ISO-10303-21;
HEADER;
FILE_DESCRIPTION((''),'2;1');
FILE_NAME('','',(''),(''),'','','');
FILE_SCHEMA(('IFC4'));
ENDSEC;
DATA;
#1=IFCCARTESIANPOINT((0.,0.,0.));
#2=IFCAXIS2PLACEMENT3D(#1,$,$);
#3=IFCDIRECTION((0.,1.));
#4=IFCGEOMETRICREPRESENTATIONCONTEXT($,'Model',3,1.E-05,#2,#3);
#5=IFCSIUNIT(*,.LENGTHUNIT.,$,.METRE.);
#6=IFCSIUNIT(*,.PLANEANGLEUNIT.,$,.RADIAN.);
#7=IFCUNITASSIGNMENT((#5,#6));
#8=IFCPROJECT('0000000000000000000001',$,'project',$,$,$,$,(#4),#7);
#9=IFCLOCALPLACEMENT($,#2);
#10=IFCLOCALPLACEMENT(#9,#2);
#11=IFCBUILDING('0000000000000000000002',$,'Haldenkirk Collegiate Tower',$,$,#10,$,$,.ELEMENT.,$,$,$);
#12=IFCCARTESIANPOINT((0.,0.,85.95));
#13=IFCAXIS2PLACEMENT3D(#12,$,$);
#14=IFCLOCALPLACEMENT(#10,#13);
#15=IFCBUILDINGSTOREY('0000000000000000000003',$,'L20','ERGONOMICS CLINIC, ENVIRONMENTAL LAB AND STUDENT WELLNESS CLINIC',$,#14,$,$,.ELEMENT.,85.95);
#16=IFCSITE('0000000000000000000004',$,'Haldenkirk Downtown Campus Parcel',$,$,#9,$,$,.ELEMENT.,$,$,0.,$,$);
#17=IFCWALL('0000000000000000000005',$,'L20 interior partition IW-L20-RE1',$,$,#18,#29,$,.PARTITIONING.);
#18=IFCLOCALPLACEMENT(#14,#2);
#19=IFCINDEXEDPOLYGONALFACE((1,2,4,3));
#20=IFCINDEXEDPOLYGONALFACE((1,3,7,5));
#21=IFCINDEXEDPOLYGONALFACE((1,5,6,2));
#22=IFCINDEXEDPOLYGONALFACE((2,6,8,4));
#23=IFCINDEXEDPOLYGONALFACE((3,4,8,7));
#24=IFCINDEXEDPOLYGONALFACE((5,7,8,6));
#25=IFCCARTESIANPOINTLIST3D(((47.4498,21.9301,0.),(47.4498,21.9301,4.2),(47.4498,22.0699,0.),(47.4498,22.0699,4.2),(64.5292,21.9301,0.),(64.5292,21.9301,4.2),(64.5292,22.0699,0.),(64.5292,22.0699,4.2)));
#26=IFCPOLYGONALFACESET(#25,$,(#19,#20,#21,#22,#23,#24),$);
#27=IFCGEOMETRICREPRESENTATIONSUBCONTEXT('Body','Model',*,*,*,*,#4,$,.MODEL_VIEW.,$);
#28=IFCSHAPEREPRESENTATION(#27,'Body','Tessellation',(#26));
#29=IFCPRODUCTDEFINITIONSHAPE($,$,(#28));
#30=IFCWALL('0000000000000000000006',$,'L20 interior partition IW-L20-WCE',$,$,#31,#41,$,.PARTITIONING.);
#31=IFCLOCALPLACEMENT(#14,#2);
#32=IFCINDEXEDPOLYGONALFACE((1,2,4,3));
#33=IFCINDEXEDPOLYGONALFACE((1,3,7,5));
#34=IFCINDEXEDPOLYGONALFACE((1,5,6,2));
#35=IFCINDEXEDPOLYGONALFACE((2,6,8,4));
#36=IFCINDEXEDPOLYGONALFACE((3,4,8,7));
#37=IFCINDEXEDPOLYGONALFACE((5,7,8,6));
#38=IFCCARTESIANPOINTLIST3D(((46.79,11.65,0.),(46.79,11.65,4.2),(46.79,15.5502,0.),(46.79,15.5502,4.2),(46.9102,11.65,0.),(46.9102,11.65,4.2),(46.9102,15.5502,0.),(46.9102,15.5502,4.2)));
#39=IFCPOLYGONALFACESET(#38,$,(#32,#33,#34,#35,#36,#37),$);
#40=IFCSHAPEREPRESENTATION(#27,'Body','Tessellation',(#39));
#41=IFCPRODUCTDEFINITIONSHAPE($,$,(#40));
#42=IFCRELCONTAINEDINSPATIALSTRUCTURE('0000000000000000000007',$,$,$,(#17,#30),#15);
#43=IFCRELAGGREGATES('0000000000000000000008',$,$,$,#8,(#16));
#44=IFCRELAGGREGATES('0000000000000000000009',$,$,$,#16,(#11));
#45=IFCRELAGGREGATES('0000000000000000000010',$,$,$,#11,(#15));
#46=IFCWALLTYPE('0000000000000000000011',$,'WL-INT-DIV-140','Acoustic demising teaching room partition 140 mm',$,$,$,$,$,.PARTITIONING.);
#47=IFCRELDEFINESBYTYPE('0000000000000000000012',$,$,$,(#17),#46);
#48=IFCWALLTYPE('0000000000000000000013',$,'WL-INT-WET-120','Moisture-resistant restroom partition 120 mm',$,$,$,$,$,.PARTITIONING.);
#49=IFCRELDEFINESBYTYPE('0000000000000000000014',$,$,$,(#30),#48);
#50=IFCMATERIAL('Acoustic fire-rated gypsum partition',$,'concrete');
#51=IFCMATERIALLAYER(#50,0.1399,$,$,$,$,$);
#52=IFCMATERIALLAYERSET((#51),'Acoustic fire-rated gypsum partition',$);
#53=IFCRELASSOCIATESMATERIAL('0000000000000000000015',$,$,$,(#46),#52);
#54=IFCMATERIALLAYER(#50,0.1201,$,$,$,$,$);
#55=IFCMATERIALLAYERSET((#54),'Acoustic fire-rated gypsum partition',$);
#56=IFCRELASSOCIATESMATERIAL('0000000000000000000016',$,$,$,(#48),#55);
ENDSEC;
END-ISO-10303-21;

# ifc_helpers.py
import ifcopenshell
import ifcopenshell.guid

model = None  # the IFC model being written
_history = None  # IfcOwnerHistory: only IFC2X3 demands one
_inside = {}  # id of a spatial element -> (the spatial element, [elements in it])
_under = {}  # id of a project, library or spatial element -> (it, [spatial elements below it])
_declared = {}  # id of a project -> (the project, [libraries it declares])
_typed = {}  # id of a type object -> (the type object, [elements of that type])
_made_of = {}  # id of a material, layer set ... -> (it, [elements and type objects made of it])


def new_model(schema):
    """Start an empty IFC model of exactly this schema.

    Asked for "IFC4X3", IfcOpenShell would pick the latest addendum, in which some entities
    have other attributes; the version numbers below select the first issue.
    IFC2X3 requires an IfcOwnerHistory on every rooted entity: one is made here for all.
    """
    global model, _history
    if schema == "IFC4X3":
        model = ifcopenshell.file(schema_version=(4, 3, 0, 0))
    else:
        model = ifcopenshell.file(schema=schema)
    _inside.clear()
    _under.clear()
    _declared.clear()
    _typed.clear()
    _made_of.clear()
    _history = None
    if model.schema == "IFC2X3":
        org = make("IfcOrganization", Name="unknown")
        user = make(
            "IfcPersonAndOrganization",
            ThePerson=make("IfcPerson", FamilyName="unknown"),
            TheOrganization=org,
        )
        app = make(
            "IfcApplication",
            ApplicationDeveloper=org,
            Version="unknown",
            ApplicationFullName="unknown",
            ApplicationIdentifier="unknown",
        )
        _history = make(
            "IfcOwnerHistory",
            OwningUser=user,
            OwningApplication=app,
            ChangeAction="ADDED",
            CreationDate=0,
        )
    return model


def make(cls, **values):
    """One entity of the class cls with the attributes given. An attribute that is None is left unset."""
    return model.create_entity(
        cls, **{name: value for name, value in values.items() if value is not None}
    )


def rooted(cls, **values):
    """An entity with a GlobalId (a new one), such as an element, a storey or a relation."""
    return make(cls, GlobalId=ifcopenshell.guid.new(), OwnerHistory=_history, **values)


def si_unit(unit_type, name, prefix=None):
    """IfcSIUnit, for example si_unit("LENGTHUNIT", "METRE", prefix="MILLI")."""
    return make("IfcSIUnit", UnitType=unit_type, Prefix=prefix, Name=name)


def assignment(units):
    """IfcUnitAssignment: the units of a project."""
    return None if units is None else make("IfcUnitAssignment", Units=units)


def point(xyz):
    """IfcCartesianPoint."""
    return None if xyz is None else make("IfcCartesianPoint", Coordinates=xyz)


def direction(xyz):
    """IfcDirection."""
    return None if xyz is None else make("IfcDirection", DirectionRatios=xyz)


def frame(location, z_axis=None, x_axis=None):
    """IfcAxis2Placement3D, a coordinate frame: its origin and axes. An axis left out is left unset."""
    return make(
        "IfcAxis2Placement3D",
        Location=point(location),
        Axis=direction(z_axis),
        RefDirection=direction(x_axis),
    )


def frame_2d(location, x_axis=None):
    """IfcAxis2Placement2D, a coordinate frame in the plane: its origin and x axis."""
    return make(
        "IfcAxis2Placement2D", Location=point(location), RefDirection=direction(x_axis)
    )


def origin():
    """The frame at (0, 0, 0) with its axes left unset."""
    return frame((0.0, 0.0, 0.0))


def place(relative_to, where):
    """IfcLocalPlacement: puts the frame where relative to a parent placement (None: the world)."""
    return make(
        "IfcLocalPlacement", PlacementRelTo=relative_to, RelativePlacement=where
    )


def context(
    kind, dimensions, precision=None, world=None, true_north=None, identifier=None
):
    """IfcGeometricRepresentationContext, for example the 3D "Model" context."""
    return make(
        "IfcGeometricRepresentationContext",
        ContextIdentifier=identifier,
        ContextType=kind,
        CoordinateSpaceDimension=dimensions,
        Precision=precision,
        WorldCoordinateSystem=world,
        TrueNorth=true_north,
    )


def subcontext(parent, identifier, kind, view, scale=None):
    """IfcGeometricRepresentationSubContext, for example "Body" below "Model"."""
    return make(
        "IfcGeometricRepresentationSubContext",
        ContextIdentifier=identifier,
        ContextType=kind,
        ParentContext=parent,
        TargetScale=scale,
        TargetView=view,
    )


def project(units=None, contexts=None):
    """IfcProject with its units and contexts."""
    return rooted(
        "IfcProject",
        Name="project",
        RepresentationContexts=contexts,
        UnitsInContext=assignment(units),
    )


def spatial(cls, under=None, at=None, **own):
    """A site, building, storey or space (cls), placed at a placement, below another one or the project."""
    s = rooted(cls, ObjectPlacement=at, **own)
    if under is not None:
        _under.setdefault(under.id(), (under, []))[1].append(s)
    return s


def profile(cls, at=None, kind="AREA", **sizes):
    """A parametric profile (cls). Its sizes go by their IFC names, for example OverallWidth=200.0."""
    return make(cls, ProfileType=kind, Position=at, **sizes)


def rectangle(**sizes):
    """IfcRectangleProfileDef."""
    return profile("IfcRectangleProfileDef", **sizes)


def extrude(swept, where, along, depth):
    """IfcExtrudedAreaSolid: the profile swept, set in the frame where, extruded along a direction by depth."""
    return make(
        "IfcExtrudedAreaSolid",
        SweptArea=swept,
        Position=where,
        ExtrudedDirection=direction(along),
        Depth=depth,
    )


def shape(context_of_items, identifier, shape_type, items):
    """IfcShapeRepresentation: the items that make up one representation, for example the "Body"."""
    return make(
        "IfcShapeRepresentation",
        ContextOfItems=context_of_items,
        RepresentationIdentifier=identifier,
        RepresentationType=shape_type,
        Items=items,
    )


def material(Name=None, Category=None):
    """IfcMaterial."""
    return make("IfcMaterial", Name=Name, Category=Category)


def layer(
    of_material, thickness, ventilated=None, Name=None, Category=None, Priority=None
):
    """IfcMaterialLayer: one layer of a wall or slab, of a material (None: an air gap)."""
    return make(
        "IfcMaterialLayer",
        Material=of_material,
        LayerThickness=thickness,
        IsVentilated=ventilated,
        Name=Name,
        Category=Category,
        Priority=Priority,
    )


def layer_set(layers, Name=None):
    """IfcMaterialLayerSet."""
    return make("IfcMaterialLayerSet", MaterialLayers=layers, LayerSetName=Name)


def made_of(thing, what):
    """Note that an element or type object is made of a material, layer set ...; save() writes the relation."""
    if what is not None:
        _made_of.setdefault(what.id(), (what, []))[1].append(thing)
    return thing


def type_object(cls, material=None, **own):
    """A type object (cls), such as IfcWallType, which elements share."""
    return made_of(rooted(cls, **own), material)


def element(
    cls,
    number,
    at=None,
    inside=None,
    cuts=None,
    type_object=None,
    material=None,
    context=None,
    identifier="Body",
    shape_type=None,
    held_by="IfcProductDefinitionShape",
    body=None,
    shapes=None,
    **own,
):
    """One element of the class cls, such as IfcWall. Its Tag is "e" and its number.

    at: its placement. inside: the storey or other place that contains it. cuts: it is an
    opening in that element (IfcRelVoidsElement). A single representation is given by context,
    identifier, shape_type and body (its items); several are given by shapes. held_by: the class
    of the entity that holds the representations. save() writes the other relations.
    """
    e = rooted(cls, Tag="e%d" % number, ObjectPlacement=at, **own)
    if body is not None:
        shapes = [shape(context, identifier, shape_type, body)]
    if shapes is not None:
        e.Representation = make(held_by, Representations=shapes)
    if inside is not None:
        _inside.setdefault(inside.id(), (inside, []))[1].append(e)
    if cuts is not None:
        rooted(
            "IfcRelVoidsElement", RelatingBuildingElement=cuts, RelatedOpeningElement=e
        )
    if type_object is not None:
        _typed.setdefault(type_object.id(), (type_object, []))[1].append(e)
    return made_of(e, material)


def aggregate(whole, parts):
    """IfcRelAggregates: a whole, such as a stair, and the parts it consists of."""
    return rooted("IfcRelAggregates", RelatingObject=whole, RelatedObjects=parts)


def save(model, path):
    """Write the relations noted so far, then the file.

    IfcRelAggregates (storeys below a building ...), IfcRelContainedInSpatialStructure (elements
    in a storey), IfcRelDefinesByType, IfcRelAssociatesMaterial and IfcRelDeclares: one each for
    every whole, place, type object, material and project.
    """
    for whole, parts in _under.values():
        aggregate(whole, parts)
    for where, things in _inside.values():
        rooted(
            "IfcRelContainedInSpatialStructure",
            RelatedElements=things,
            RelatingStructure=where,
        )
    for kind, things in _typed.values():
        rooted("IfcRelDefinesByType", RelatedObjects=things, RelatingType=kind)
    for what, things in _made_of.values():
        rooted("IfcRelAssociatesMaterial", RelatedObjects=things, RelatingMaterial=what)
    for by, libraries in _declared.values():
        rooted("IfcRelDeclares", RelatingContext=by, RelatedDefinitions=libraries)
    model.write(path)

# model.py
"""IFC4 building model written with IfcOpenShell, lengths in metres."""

from ifc_helpers import new_model, si_unit, direction, frame, frame_2d, origin, place, context, subcontext, project, spatial, rectangle, extrude, material, layer, layer_set, type_object, element, save


model = new_model("IFC4")

# Units and contexts
model_context = context("Model", 3, precision=1e-05, world=origin(), true_north=direction((0.0, 1.0)))
body_context = subcontext(model_context, "Body", "Model", "MODEL_VIEW")
ifc_project = project(units=[si_unit("LENGTHUNIT", "METRE"), si_unit("PLANEANGLEUNIT", "RADIAN")], contexts=[model_context])

# Site, building, storey
site_placement = place(None, origin())
site = spatial("IfcSite", under=ifc_project, at=site_placement, Name="Haldenkirk Downtown Campus Parcel", CompositionType="ELEMENT", RefElevation=0.0)
building_placement = place(site_placement, origin())
building = spatial("IfcBuilding", under=site, at=building_placement, Name="Haldenkirk Collegiate Tower", CompositionType="ELEMENT")
storey_placement = place(building_placement, frame((0.0, 0.0, 85.95)))
storey = spatial("IfcBuildingStorey", under=building, at=storey_placement, Name="L20", Description="ERGONOMICS CLINIC, ENVIRONMENTAL LAB AND STUDENT WELLNESS CLINIC", CompositionType="ELEMENT", Elevation=85.95)

# Shared definitions
ifc_material_1 = material(Name="Acoustic fire-rated gypsum partition", Category="concrete")

# Walls
ifc_layer_1 = layer(ifc_material_1, 0.1399)
ifc_layer_set_1 = layer_set([ifc_layer_1], Name="Acoustic fire-rated gypsum partition")
wall_type_1 = type_object("IfcWallType", Name="WL-INT-DIV-140", Description="Acoustic demising teaching room partition 140 mm", PredefinedType="PARTITIONING", material=ifc_layer_set_1)
wall_1_placement = place(storey_placement, frame((47.45, 22.0, 0.0), z_axis=(0.0, 0.0, 1.0), x_axis=(1.0, 0.0, 0.0)))
element("IfcWall", 1, at=wall_1_placement, inside=storey, type_object=wall_type_1, Name="L20 interior partition IW-L20-RE1", PredefinedType="PARTITIONING", context=body_context, shape_type="SweptSolid", body=[
    extrude(rectangle(XDim=17.0793, YDim=0.1399, at=frame_2d((8.5396, 0.0))), origin(), (0.0, 0.0, 1.0), 4.2),
])
ifc_layer_2 = layer(ifc_material_1, 0.1201)
ifc_layer_set_2 = layer_set([ifc_layer_2], Name="Acoustic fire-rated gypsum partition")
wall_type_2 = type_object("IfcWallType", Name="WL-INT-WET-120", Description="Moisture-resistant restroom partition 120 mm", PredefinedType="PARTITIONING", material=ifc_layer_set_2)
wall_2_placement = place(storey_placement, frame((46.8501, 11.6499, 0.0), z_axis=(0.0, 0.0, 1.0), x_axis=(0.0, 1.0, 0.0)))
element("IfcWall", 2, at=wall_2_placement, inside=storey, type_object=wall_type_2, Name="L20 interior partition IW-L20-WCE", PredefinedType="PARTITIONING", context=body_context, shape_type="SweptSolid", body=[
    extrude(rectangle(XDim=3.9001, YDim=0.1201, at=frame_2d((1.9502, 0.0))), origin(), (0.0, 0.0, 1.0), 4.2),
])

save(model, "model.ifc")
